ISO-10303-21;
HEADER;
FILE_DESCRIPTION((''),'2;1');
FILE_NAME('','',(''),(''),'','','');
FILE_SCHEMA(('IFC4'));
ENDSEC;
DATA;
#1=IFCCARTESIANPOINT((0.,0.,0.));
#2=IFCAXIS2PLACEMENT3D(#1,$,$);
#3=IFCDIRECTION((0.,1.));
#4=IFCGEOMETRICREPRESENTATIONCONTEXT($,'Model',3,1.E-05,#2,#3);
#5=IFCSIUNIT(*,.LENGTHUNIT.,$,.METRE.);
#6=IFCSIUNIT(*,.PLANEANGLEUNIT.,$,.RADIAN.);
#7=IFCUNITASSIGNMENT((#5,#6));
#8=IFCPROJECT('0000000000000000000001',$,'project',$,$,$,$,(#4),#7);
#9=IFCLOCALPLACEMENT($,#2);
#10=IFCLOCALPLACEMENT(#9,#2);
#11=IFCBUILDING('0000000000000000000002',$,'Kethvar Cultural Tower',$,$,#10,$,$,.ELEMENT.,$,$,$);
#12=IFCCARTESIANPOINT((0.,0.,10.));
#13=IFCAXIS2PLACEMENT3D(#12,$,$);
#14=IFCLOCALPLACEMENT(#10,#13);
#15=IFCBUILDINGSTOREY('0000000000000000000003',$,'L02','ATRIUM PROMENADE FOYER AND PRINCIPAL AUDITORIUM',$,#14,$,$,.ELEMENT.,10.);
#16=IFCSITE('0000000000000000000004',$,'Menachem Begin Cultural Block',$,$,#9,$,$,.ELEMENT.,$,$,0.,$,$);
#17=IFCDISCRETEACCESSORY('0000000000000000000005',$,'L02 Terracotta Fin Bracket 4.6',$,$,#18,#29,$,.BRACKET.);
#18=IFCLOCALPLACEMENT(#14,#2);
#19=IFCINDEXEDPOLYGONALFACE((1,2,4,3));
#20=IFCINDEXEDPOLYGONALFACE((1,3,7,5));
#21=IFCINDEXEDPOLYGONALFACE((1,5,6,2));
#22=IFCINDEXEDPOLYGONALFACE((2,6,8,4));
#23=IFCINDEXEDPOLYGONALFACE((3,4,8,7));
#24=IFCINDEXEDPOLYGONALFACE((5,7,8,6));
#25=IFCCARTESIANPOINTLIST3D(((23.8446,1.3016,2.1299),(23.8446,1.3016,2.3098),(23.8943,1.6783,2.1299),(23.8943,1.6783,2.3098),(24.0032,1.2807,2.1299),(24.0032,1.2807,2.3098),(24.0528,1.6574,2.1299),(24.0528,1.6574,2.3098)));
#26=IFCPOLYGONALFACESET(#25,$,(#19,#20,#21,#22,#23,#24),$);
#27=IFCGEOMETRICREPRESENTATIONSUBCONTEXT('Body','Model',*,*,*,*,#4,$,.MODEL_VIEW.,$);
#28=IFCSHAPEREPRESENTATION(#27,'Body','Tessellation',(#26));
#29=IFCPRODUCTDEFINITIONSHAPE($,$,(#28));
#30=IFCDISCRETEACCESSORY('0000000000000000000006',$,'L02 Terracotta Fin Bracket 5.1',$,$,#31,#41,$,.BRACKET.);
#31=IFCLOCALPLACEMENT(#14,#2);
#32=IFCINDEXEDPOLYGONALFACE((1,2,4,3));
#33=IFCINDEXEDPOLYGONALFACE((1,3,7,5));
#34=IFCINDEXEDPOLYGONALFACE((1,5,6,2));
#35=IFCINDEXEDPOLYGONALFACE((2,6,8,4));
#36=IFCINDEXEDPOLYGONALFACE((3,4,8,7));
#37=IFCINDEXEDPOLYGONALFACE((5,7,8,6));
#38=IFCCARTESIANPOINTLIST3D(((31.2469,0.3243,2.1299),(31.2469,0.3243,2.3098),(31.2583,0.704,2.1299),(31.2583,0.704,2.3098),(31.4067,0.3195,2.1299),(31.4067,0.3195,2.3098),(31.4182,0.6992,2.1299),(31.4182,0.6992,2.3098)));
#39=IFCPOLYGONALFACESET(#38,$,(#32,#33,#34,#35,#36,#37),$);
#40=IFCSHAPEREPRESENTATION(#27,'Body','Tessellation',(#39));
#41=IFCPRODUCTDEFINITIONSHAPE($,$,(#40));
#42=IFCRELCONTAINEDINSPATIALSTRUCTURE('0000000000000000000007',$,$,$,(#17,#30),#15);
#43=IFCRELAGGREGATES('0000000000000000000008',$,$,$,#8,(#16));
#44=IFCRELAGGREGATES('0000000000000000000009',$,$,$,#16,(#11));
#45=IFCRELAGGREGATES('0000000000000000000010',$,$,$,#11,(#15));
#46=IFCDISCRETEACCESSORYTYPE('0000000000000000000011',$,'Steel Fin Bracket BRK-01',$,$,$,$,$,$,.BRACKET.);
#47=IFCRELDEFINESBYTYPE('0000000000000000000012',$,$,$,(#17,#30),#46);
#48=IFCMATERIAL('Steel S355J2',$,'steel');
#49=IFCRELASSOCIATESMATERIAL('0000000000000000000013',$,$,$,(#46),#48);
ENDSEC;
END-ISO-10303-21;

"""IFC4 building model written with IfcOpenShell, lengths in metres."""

from ifc_helpers import new_model, si_unit, direction, frame, origin, origin_2d, place, context, subcontext, project, spatial, rectangle, extrude, source, transform, mapped, material, type_object, element, save


model = new_model("IFC4")

# Units and contexts
model_context = context("Model", 3, precision=1e-05, world=origin(), true_north=direction((0.0, 1.0)))
body_context = subcontext(model_context, "Body", "Model", "MODEL_VIEW")
ifc_project = project(units=[si_unit("LENGTHUNIT", "METRE"), si_unit("PLANEANGLEUNIT", "RADIAN")], contexts=[model_context])

# Site, building, storey
site_placement = place(None, origin())
site = spatial("IfcSite", under=ifc_project, at=site_placement, Name="Menachem Begin Cultural Block", CompositionType="ELEMENT", RefElevation=0.0)
building_placement = place(site_placement, origin())
building = spatial("IfcBuilding", under=site, at=building_placement, Name="Kethvar Cultural Tower", CompositionType="ELEMENT")
storey_placement = place(building_placement, frame((0.0, 0.0, 10.0)))
storey = spatial("IfcBuildingStorey", under=building, at=storey_placement, Name="L02", Description="ATRIUM PROMENADE FOYER AND PRINCIPAL AUDITORIUM", CompositionType="ELEMENT", Elevation=10.0)

# Shared definitions
ifc_material_1 = material(Name="Steel S355J2", Category="steel")

# Discrete accessories
discrete_accessory_type = type_object("IfcDiscreteAccessoryType", Name="Steel Fin Bracket BRK-01", PredefinedType="BRACKET", material=ifc_material_1)
shared_shape_1 = source(origin(), body_context, "Body", "SweptSolid", [
    extrude(rectangle(XDim=0.3799, YDim=0.1599, at=origin_2d()), origin(), (0.0, 0.0, 1.0), 0.1799),
])
for number, where, z_axis, x_axis, name in (
    (1, (23.9487, 1.4795, 2.1299), (0.0, 0.0, 1.0), (-0.130699, -0.991422, 0.0), "L02 Terracotta Fin Bracket 4.6"),
    (2, (31.3325, 0.5117, 2.1299), (0.0, 0.0, 1.0), (-0.03019, -0.999544, 0.0), "L02 Terracotta Fin Bracket 5.1"),
):
    element("IfcDiscreteAccessory", number, at=place(storey_placement, frame(where, z_axis=z_axis, x_axis=x_axis)), inside=storey, type_object=discrete_accessory_type, Name=name, PredefinedType="BRACKET", context=body_context, shape_type="MappedRepresentation", body=[
        mapped(shared_shape_1, transform((0.0, 0.0, 0.0), scale=1.0)),
    ])

save(model, "model.ifc")
